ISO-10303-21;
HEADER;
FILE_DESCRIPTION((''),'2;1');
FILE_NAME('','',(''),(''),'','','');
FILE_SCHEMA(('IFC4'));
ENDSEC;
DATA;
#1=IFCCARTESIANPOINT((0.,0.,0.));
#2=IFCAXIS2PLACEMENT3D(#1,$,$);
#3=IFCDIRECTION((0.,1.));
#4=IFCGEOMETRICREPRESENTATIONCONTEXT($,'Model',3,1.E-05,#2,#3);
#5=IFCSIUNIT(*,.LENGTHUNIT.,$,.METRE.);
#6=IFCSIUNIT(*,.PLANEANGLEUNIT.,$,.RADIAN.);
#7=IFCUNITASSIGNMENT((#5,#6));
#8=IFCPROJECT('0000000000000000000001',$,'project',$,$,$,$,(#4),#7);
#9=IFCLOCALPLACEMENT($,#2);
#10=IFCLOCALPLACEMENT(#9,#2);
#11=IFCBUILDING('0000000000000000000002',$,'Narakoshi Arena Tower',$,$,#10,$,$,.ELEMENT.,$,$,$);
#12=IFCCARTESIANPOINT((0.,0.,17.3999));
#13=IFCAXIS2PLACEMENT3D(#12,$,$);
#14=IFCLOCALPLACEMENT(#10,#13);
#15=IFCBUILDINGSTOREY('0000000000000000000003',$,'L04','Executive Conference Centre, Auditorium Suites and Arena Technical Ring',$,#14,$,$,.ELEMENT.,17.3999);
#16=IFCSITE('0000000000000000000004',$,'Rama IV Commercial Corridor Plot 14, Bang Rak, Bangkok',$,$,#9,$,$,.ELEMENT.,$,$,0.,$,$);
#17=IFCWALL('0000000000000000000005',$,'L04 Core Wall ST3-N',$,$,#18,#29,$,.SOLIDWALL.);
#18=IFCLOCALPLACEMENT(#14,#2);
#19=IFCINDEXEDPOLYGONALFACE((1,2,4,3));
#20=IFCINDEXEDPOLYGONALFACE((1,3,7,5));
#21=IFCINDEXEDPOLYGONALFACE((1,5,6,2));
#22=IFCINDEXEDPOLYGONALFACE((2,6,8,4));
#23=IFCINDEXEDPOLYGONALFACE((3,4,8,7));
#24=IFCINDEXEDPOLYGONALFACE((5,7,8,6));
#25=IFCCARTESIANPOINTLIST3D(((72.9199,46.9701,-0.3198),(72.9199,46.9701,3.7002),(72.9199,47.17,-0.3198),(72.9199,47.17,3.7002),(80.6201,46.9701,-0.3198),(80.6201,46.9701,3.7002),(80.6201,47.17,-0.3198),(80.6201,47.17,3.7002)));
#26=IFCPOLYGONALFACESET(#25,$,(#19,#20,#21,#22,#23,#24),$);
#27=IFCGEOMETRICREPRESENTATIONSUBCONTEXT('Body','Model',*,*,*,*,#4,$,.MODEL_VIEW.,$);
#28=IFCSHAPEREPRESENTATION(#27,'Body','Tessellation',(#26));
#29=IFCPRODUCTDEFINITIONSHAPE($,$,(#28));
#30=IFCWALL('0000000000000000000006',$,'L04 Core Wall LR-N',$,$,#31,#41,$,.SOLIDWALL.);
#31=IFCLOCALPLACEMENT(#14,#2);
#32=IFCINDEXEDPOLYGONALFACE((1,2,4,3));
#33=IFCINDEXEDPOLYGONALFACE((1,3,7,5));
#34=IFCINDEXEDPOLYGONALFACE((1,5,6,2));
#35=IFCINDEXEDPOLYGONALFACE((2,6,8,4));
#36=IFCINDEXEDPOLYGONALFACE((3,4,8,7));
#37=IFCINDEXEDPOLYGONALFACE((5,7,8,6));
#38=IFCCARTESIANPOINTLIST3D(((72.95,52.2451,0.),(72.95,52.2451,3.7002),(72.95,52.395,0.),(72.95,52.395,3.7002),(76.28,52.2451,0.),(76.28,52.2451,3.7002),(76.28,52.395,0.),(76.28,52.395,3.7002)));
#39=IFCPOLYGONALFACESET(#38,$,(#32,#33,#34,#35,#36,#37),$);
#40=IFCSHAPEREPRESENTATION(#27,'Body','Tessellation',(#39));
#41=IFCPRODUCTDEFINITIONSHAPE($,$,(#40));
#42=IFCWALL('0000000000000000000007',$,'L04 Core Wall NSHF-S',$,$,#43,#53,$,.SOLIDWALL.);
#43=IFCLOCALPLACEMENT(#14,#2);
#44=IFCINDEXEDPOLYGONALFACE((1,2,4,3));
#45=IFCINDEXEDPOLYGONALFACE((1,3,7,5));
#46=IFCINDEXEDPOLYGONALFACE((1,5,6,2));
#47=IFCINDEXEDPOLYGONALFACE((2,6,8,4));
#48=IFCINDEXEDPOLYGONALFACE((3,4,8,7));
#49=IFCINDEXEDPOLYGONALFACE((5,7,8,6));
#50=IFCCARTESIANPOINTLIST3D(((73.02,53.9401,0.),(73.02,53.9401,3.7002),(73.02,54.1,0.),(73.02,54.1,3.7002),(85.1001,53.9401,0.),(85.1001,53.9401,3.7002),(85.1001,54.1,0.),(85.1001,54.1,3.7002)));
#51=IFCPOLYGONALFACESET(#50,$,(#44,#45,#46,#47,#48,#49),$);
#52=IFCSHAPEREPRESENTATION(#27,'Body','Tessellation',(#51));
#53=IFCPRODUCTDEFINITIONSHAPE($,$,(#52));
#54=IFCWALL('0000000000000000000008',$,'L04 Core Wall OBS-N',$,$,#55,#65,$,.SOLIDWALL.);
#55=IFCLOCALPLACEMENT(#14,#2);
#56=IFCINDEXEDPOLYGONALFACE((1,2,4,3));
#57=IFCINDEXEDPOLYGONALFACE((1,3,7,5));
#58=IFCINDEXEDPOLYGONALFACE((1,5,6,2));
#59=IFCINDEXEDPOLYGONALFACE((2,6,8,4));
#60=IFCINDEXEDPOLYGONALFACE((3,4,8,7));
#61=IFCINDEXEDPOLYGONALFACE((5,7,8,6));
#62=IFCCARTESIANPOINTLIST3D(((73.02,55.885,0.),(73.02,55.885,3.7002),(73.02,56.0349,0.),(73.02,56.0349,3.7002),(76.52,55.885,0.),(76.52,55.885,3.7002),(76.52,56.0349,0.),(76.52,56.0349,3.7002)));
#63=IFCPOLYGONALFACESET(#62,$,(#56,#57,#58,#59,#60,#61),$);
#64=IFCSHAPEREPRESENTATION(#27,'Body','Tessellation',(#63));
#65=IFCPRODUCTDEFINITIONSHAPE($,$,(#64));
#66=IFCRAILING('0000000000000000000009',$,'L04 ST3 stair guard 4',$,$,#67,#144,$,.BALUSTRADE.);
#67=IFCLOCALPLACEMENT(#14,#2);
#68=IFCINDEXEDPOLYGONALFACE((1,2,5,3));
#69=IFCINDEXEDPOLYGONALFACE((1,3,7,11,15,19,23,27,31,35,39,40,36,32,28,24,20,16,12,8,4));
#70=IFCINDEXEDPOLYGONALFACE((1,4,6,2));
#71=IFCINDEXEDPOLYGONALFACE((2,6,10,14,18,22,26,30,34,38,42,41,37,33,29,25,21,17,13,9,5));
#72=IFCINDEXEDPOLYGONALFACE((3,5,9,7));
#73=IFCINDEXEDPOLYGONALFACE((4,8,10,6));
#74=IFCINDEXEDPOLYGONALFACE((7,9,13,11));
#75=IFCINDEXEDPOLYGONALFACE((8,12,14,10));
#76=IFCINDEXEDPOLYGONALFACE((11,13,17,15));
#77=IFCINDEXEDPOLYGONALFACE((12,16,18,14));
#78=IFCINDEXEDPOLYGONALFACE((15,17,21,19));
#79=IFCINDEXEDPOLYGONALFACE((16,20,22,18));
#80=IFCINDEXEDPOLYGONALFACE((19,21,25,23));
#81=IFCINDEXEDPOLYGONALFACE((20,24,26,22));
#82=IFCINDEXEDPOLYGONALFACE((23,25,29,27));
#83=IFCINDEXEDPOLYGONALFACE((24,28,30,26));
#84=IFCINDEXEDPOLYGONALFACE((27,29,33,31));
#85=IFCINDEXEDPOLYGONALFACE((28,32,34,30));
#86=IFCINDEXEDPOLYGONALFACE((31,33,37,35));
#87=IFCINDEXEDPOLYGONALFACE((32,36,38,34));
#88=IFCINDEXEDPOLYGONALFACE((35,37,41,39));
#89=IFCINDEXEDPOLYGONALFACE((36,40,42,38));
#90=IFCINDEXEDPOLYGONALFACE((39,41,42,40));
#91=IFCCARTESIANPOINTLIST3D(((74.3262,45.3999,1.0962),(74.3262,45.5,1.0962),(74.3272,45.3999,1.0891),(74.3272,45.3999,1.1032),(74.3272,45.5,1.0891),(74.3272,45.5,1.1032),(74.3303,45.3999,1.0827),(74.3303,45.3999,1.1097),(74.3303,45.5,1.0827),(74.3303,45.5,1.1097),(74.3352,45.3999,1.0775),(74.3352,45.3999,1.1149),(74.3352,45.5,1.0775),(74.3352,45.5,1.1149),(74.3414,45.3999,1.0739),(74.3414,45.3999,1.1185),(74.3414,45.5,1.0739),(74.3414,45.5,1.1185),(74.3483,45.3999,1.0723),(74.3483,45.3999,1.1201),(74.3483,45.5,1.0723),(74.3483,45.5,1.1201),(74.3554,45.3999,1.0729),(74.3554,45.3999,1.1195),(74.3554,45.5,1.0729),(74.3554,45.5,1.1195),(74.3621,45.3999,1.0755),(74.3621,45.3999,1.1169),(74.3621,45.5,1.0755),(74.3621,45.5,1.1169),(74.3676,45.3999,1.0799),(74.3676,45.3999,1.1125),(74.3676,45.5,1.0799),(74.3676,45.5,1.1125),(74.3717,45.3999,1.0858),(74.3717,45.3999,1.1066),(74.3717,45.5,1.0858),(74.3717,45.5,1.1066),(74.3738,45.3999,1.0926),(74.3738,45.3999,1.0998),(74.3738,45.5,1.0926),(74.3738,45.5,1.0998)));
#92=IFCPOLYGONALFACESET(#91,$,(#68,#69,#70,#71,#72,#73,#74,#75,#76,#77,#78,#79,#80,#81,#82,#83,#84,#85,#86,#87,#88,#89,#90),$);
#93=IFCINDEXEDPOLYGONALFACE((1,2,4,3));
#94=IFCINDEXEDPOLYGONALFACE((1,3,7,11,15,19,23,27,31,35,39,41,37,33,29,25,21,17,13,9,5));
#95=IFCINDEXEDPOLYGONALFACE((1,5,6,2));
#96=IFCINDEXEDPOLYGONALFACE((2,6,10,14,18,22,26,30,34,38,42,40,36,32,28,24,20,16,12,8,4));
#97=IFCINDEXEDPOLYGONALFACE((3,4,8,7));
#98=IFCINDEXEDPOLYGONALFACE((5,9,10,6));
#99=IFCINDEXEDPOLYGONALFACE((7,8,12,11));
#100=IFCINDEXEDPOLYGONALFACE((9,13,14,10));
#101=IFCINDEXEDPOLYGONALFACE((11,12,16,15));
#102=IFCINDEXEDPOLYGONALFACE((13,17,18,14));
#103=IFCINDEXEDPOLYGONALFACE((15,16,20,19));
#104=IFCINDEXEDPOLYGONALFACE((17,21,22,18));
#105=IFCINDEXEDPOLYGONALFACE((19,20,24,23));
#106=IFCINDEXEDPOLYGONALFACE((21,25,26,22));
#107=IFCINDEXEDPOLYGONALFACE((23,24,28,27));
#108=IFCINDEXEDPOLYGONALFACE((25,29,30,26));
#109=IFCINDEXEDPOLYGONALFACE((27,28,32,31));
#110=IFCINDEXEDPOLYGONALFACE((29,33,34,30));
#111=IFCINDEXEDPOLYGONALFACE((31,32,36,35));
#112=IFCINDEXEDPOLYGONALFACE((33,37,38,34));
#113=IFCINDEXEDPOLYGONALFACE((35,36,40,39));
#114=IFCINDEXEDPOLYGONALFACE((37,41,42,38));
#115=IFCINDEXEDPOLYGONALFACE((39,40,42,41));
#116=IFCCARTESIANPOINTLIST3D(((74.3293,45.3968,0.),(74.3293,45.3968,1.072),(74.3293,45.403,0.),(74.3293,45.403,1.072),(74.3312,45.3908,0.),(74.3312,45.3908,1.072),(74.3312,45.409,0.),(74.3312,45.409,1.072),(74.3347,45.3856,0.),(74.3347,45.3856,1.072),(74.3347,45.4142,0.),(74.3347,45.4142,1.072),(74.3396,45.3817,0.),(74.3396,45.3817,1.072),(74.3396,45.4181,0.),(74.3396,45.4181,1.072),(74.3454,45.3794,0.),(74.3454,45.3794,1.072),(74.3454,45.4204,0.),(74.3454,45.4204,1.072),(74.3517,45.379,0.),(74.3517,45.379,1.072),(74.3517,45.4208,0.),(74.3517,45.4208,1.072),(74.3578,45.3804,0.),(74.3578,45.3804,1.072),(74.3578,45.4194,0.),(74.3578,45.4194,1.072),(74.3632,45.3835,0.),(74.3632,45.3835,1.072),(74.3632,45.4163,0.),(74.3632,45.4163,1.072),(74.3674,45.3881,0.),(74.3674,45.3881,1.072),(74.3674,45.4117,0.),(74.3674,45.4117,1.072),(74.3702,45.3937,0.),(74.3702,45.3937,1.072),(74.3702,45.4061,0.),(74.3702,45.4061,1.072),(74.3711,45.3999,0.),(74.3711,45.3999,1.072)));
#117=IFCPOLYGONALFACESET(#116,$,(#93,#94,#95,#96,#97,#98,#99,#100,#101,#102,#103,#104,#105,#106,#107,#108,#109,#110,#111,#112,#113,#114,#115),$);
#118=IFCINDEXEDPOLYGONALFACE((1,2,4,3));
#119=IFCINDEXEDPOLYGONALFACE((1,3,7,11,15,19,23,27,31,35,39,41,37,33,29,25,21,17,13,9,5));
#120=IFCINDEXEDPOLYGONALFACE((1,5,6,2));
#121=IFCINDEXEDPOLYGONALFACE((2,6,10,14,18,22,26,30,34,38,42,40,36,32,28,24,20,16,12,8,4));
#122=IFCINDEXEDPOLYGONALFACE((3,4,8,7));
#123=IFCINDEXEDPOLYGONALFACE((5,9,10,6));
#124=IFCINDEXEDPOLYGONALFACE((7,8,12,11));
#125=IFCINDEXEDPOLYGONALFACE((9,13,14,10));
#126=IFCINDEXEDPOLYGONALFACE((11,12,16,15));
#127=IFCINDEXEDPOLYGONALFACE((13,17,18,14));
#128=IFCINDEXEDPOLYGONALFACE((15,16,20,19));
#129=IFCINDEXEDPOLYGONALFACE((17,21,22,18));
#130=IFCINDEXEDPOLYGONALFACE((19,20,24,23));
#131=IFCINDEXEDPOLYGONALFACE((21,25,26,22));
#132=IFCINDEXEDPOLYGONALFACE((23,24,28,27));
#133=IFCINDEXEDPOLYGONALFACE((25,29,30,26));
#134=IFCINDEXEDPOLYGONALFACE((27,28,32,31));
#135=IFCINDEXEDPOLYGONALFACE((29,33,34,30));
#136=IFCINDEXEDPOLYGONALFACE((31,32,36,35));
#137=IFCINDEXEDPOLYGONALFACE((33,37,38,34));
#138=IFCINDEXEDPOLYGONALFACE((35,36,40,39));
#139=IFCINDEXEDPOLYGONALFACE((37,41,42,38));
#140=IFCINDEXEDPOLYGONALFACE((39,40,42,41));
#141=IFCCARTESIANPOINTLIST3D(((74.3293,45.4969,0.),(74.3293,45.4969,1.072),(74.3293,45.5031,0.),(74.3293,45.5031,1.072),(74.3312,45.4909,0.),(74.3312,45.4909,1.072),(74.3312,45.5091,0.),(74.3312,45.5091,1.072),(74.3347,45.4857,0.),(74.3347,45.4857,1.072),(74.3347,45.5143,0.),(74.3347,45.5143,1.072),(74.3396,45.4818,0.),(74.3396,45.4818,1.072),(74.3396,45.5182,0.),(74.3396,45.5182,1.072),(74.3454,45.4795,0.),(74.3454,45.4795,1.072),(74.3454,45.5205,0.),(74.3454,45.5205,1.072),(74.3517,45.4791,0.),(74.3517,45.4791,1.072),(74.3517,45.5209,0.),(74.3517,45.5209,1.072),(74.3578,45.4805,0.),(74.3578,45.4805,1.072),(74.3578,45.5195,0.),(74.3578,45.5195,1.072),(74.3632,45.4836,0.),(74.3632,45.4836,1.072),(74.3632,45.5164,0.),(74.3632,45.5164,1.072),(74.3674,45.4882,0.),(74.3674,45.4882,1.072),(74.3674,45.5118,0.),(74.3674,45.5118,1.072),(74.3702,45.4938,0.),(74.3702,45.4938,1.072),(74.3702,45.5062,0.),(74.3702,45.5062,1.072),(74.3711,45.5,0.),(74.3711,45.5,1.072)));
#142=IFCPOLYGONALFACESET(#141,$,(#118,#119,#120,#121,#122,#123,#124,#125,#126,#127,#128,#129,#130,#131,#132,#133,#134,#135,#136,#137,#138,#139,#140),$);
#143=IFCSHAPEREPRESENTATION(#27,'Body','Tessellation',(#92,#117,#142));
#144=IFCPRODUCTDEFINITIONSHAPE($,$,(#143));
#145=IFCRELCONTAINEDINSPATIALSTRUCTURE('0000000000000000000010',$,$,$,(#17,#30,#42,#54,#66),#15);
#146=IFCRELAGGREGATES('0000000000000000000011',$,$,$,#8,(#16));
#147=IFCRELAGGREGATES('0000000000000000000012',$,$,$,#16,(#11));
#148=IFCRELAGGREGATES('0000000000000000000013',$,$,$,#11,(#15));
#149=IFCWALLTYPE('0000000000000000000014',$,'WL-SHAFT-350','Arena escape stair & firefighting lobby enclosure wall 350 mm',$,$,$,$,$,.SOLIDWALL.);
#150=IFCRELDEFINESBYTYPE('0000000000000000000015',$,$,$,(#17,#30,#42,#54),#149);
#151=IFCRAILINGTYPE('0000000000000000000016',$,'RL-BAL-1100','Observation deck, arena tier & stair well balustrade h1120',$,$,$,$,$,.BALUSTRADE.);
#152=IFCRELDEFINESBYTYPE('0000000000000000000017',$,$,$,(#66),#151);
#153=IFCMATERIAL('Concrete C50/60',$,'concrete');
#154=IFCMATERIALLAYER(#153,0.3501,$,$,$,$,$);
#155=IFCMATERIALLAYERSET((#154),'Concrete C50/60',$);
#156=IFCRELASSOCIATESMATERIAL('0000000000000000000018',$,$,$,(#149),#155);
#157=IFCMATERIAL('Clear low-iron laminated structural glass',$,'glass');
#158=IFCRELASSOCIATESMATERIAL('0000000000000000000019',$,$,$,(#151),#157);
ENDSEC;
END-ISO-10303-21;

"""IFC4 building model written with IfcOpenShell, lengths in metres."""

from ifc_helpers import new_model, si_unit, direction, frame, frame_2d, origin, origin_2d, place, context, subcontext, project, spatial, rectangle, circle, extrude, material, layer, layer_set, type_object, element, save


model = new_model("IFC4")

# Units and contexts
model_context = context("Model", 3, precision=1e-05, world=origin(), true_north=direction((0.0, 1.0)))
body_context = subcontext(model_context, "Body", "Model", "MODEL_VIEW")
ifc_project = project(units=[si_unit("LENGTHUNIT", "METRE"), si_unit("PLANEANGLEUNIT", "RADIAN")], contexts=[model_context])

# Site, building, storey
site_placement = place(None, origin())
site = spatial("IfcSite", under=ifc_project, at=site_placement, Name="Rama IV Commercial Corridor Plot 14, Bang Rak, Bangkok", CompositionType="ELEMENT", RefElevation=0.0)
building_placement = place(site_placement, origin())
building = spatial("IfcBuilding", under=site, at=building_placement, Name="Narakoshi Arena Tower", CompositionType="ELEMENT")
storey_placement = place(building_placement, frame((0.0, 0.0, 17.3999)))
storey = spatial("IfcBuildingStorey", under=building, at=storey_placement, Name="L04", Description="Executive Conference Centre, Auditorium Suites and Arena Technical Ring", CompositionType="ELEMENT", Elevation=17.3999)

# Walls
ifc_material_1 = material(Name="Concrete C50/60", Category="concrete")
ifc_layer_1 = layer(ifc_material_1, 0.3501)
ifc_layer_set_1 = layer_set([ifc_layer_1], Name="Concrete C50/60")
wall_type_1 = type_object("IfcWallType", Name="WL-SHAFT-350", Description="Arena escape stair & firefighting lobby enclosure wall 350 mm", PredefinedType="SOLIDWALL", material=ifc_layer_set_1)
for number, where, z_axis, x_axis, name in (
    (1, (72.9199, 47.0701, -0.3198), (0.0, 0.0, 1.0), (1.0, 0.0, 0.0), "L04 Core Wall ST3-N"),
):
    element("IfcWall", number, at=place(storey_placement, frame(where, z_axis=z_axis, x_axis=x_axis)), inside=storey, type_object=wall_type_1, Name=name, PredefinedType="SOLIDWALL", context=body_context, shape_type="SweptSolid", body=[
        extrude(rectangle(XDim=7.7002, YDim=0.2, at=frame_2d((3.8501, 0.0))), origin(), (0.0, 0.0, 1.0), 4.02),
    ])
wall_1_placement = place(storey_placement, frame((72.95, 52.3201, 0.0), z_axis=(0.0, 0.0, 1.0), x_axis=(1.0, 0.0, 0.0)))
element("IfcWall", 2, at=wall_1_placement, inside=storey, type_object=wall_type_1, Name="L04 Core Wall LR-N", PredefinedType="SOLIDWALL", context=body_context, shape_type="SweptSolid", body=[
    extrude(rectangle(XDim=3.3301, YDim=0.1499, at=frame_2d((1.665, 0.0))), origin(), (0.0, 0.0, 1.0), 3.7002),
])
wall_2_placement = place(storey_placement, frame((73.02, 54.02, 0.0), z_axis=(0.0, 0.0, 1.0), x_axis=(1.0, 0.0, 0.0)))
element("IfcWall", 3, at=wall_2_placement, inside=storey, type_object=wall_type_1, Name="L04 Core Wall NSHF-S", PredefinedType="SOLIDWALL", context=body_context, shape_type="SweptSolid", body=[
    extrude(rectangle(XDim=12.0801, YDim=0.1599, at=frame_2d((6.04, 0.0))), origin(), (0.0, 0.0, 1.0), 3.7002),
])
wall_3_placement = place(storey_placement, frame((73.02, 55.96, 0.0), z_axis=(0.0, 0.0, 1.0), x_axis=(1.0, 0.0, 0.0)))
element("IfcWall", 4, at=wall_3_placement, inside=storey, type_object=wall_type_1, Name="L04 Core Wall OBS-N", PredefinedType="SOLIDWALL", context=body_context, shape_type="SweptSolid", body=[
    extrude(rectangle(XDim=3.5, YDim=0.1499, at=frame_2d((1.75, 0.0))), origin(), (0.0, 0.0, 1.0), 3.7002),
])

# Railing
ifc_material_2 = material(Name="Clear low-iron laminated structural glass", Category="glass")
railing_type = type_object("IfcRailingType", Name="RL-BAL-1100", Description="Observation deck, arena tier & stair well balustrade h1120", PredefinedType="BALUSTRADE", material=ifc_material_2)
railing_placement = place(storey_placement, frame((74.3501, 45.3999, 0.0)))
element("IfcRailing", 5, at=railing_placement, inside=storey, type_object=railing_type, Name="L04 ST3 stair guard 4", PredefinedType="BALUSTRADE", context=body_context, shape_type="SweptSolid", body=[
    extrude(circle(Radius=0.0239, at=origin_2d()), frame((0.0, 0.0, 1.0962), z_axis=(0.0, 1.0, 0.0), x_axis=(-1.0, 0.0, 0.0)), (0.0, 0.0, 1.0), 0.1001),
    extrude(circle(Radius=0.021, at=origin_2d()), origin(), (0.0, 0.0, 1.0), 1.072),
    extrude(circle(Radius=0.021, at=origin_2d()), frame((0.0, 0.1001, 0.0)), (0.0, 0.0, 1.0), 1.072),
])

save(model, "model.ifc")
